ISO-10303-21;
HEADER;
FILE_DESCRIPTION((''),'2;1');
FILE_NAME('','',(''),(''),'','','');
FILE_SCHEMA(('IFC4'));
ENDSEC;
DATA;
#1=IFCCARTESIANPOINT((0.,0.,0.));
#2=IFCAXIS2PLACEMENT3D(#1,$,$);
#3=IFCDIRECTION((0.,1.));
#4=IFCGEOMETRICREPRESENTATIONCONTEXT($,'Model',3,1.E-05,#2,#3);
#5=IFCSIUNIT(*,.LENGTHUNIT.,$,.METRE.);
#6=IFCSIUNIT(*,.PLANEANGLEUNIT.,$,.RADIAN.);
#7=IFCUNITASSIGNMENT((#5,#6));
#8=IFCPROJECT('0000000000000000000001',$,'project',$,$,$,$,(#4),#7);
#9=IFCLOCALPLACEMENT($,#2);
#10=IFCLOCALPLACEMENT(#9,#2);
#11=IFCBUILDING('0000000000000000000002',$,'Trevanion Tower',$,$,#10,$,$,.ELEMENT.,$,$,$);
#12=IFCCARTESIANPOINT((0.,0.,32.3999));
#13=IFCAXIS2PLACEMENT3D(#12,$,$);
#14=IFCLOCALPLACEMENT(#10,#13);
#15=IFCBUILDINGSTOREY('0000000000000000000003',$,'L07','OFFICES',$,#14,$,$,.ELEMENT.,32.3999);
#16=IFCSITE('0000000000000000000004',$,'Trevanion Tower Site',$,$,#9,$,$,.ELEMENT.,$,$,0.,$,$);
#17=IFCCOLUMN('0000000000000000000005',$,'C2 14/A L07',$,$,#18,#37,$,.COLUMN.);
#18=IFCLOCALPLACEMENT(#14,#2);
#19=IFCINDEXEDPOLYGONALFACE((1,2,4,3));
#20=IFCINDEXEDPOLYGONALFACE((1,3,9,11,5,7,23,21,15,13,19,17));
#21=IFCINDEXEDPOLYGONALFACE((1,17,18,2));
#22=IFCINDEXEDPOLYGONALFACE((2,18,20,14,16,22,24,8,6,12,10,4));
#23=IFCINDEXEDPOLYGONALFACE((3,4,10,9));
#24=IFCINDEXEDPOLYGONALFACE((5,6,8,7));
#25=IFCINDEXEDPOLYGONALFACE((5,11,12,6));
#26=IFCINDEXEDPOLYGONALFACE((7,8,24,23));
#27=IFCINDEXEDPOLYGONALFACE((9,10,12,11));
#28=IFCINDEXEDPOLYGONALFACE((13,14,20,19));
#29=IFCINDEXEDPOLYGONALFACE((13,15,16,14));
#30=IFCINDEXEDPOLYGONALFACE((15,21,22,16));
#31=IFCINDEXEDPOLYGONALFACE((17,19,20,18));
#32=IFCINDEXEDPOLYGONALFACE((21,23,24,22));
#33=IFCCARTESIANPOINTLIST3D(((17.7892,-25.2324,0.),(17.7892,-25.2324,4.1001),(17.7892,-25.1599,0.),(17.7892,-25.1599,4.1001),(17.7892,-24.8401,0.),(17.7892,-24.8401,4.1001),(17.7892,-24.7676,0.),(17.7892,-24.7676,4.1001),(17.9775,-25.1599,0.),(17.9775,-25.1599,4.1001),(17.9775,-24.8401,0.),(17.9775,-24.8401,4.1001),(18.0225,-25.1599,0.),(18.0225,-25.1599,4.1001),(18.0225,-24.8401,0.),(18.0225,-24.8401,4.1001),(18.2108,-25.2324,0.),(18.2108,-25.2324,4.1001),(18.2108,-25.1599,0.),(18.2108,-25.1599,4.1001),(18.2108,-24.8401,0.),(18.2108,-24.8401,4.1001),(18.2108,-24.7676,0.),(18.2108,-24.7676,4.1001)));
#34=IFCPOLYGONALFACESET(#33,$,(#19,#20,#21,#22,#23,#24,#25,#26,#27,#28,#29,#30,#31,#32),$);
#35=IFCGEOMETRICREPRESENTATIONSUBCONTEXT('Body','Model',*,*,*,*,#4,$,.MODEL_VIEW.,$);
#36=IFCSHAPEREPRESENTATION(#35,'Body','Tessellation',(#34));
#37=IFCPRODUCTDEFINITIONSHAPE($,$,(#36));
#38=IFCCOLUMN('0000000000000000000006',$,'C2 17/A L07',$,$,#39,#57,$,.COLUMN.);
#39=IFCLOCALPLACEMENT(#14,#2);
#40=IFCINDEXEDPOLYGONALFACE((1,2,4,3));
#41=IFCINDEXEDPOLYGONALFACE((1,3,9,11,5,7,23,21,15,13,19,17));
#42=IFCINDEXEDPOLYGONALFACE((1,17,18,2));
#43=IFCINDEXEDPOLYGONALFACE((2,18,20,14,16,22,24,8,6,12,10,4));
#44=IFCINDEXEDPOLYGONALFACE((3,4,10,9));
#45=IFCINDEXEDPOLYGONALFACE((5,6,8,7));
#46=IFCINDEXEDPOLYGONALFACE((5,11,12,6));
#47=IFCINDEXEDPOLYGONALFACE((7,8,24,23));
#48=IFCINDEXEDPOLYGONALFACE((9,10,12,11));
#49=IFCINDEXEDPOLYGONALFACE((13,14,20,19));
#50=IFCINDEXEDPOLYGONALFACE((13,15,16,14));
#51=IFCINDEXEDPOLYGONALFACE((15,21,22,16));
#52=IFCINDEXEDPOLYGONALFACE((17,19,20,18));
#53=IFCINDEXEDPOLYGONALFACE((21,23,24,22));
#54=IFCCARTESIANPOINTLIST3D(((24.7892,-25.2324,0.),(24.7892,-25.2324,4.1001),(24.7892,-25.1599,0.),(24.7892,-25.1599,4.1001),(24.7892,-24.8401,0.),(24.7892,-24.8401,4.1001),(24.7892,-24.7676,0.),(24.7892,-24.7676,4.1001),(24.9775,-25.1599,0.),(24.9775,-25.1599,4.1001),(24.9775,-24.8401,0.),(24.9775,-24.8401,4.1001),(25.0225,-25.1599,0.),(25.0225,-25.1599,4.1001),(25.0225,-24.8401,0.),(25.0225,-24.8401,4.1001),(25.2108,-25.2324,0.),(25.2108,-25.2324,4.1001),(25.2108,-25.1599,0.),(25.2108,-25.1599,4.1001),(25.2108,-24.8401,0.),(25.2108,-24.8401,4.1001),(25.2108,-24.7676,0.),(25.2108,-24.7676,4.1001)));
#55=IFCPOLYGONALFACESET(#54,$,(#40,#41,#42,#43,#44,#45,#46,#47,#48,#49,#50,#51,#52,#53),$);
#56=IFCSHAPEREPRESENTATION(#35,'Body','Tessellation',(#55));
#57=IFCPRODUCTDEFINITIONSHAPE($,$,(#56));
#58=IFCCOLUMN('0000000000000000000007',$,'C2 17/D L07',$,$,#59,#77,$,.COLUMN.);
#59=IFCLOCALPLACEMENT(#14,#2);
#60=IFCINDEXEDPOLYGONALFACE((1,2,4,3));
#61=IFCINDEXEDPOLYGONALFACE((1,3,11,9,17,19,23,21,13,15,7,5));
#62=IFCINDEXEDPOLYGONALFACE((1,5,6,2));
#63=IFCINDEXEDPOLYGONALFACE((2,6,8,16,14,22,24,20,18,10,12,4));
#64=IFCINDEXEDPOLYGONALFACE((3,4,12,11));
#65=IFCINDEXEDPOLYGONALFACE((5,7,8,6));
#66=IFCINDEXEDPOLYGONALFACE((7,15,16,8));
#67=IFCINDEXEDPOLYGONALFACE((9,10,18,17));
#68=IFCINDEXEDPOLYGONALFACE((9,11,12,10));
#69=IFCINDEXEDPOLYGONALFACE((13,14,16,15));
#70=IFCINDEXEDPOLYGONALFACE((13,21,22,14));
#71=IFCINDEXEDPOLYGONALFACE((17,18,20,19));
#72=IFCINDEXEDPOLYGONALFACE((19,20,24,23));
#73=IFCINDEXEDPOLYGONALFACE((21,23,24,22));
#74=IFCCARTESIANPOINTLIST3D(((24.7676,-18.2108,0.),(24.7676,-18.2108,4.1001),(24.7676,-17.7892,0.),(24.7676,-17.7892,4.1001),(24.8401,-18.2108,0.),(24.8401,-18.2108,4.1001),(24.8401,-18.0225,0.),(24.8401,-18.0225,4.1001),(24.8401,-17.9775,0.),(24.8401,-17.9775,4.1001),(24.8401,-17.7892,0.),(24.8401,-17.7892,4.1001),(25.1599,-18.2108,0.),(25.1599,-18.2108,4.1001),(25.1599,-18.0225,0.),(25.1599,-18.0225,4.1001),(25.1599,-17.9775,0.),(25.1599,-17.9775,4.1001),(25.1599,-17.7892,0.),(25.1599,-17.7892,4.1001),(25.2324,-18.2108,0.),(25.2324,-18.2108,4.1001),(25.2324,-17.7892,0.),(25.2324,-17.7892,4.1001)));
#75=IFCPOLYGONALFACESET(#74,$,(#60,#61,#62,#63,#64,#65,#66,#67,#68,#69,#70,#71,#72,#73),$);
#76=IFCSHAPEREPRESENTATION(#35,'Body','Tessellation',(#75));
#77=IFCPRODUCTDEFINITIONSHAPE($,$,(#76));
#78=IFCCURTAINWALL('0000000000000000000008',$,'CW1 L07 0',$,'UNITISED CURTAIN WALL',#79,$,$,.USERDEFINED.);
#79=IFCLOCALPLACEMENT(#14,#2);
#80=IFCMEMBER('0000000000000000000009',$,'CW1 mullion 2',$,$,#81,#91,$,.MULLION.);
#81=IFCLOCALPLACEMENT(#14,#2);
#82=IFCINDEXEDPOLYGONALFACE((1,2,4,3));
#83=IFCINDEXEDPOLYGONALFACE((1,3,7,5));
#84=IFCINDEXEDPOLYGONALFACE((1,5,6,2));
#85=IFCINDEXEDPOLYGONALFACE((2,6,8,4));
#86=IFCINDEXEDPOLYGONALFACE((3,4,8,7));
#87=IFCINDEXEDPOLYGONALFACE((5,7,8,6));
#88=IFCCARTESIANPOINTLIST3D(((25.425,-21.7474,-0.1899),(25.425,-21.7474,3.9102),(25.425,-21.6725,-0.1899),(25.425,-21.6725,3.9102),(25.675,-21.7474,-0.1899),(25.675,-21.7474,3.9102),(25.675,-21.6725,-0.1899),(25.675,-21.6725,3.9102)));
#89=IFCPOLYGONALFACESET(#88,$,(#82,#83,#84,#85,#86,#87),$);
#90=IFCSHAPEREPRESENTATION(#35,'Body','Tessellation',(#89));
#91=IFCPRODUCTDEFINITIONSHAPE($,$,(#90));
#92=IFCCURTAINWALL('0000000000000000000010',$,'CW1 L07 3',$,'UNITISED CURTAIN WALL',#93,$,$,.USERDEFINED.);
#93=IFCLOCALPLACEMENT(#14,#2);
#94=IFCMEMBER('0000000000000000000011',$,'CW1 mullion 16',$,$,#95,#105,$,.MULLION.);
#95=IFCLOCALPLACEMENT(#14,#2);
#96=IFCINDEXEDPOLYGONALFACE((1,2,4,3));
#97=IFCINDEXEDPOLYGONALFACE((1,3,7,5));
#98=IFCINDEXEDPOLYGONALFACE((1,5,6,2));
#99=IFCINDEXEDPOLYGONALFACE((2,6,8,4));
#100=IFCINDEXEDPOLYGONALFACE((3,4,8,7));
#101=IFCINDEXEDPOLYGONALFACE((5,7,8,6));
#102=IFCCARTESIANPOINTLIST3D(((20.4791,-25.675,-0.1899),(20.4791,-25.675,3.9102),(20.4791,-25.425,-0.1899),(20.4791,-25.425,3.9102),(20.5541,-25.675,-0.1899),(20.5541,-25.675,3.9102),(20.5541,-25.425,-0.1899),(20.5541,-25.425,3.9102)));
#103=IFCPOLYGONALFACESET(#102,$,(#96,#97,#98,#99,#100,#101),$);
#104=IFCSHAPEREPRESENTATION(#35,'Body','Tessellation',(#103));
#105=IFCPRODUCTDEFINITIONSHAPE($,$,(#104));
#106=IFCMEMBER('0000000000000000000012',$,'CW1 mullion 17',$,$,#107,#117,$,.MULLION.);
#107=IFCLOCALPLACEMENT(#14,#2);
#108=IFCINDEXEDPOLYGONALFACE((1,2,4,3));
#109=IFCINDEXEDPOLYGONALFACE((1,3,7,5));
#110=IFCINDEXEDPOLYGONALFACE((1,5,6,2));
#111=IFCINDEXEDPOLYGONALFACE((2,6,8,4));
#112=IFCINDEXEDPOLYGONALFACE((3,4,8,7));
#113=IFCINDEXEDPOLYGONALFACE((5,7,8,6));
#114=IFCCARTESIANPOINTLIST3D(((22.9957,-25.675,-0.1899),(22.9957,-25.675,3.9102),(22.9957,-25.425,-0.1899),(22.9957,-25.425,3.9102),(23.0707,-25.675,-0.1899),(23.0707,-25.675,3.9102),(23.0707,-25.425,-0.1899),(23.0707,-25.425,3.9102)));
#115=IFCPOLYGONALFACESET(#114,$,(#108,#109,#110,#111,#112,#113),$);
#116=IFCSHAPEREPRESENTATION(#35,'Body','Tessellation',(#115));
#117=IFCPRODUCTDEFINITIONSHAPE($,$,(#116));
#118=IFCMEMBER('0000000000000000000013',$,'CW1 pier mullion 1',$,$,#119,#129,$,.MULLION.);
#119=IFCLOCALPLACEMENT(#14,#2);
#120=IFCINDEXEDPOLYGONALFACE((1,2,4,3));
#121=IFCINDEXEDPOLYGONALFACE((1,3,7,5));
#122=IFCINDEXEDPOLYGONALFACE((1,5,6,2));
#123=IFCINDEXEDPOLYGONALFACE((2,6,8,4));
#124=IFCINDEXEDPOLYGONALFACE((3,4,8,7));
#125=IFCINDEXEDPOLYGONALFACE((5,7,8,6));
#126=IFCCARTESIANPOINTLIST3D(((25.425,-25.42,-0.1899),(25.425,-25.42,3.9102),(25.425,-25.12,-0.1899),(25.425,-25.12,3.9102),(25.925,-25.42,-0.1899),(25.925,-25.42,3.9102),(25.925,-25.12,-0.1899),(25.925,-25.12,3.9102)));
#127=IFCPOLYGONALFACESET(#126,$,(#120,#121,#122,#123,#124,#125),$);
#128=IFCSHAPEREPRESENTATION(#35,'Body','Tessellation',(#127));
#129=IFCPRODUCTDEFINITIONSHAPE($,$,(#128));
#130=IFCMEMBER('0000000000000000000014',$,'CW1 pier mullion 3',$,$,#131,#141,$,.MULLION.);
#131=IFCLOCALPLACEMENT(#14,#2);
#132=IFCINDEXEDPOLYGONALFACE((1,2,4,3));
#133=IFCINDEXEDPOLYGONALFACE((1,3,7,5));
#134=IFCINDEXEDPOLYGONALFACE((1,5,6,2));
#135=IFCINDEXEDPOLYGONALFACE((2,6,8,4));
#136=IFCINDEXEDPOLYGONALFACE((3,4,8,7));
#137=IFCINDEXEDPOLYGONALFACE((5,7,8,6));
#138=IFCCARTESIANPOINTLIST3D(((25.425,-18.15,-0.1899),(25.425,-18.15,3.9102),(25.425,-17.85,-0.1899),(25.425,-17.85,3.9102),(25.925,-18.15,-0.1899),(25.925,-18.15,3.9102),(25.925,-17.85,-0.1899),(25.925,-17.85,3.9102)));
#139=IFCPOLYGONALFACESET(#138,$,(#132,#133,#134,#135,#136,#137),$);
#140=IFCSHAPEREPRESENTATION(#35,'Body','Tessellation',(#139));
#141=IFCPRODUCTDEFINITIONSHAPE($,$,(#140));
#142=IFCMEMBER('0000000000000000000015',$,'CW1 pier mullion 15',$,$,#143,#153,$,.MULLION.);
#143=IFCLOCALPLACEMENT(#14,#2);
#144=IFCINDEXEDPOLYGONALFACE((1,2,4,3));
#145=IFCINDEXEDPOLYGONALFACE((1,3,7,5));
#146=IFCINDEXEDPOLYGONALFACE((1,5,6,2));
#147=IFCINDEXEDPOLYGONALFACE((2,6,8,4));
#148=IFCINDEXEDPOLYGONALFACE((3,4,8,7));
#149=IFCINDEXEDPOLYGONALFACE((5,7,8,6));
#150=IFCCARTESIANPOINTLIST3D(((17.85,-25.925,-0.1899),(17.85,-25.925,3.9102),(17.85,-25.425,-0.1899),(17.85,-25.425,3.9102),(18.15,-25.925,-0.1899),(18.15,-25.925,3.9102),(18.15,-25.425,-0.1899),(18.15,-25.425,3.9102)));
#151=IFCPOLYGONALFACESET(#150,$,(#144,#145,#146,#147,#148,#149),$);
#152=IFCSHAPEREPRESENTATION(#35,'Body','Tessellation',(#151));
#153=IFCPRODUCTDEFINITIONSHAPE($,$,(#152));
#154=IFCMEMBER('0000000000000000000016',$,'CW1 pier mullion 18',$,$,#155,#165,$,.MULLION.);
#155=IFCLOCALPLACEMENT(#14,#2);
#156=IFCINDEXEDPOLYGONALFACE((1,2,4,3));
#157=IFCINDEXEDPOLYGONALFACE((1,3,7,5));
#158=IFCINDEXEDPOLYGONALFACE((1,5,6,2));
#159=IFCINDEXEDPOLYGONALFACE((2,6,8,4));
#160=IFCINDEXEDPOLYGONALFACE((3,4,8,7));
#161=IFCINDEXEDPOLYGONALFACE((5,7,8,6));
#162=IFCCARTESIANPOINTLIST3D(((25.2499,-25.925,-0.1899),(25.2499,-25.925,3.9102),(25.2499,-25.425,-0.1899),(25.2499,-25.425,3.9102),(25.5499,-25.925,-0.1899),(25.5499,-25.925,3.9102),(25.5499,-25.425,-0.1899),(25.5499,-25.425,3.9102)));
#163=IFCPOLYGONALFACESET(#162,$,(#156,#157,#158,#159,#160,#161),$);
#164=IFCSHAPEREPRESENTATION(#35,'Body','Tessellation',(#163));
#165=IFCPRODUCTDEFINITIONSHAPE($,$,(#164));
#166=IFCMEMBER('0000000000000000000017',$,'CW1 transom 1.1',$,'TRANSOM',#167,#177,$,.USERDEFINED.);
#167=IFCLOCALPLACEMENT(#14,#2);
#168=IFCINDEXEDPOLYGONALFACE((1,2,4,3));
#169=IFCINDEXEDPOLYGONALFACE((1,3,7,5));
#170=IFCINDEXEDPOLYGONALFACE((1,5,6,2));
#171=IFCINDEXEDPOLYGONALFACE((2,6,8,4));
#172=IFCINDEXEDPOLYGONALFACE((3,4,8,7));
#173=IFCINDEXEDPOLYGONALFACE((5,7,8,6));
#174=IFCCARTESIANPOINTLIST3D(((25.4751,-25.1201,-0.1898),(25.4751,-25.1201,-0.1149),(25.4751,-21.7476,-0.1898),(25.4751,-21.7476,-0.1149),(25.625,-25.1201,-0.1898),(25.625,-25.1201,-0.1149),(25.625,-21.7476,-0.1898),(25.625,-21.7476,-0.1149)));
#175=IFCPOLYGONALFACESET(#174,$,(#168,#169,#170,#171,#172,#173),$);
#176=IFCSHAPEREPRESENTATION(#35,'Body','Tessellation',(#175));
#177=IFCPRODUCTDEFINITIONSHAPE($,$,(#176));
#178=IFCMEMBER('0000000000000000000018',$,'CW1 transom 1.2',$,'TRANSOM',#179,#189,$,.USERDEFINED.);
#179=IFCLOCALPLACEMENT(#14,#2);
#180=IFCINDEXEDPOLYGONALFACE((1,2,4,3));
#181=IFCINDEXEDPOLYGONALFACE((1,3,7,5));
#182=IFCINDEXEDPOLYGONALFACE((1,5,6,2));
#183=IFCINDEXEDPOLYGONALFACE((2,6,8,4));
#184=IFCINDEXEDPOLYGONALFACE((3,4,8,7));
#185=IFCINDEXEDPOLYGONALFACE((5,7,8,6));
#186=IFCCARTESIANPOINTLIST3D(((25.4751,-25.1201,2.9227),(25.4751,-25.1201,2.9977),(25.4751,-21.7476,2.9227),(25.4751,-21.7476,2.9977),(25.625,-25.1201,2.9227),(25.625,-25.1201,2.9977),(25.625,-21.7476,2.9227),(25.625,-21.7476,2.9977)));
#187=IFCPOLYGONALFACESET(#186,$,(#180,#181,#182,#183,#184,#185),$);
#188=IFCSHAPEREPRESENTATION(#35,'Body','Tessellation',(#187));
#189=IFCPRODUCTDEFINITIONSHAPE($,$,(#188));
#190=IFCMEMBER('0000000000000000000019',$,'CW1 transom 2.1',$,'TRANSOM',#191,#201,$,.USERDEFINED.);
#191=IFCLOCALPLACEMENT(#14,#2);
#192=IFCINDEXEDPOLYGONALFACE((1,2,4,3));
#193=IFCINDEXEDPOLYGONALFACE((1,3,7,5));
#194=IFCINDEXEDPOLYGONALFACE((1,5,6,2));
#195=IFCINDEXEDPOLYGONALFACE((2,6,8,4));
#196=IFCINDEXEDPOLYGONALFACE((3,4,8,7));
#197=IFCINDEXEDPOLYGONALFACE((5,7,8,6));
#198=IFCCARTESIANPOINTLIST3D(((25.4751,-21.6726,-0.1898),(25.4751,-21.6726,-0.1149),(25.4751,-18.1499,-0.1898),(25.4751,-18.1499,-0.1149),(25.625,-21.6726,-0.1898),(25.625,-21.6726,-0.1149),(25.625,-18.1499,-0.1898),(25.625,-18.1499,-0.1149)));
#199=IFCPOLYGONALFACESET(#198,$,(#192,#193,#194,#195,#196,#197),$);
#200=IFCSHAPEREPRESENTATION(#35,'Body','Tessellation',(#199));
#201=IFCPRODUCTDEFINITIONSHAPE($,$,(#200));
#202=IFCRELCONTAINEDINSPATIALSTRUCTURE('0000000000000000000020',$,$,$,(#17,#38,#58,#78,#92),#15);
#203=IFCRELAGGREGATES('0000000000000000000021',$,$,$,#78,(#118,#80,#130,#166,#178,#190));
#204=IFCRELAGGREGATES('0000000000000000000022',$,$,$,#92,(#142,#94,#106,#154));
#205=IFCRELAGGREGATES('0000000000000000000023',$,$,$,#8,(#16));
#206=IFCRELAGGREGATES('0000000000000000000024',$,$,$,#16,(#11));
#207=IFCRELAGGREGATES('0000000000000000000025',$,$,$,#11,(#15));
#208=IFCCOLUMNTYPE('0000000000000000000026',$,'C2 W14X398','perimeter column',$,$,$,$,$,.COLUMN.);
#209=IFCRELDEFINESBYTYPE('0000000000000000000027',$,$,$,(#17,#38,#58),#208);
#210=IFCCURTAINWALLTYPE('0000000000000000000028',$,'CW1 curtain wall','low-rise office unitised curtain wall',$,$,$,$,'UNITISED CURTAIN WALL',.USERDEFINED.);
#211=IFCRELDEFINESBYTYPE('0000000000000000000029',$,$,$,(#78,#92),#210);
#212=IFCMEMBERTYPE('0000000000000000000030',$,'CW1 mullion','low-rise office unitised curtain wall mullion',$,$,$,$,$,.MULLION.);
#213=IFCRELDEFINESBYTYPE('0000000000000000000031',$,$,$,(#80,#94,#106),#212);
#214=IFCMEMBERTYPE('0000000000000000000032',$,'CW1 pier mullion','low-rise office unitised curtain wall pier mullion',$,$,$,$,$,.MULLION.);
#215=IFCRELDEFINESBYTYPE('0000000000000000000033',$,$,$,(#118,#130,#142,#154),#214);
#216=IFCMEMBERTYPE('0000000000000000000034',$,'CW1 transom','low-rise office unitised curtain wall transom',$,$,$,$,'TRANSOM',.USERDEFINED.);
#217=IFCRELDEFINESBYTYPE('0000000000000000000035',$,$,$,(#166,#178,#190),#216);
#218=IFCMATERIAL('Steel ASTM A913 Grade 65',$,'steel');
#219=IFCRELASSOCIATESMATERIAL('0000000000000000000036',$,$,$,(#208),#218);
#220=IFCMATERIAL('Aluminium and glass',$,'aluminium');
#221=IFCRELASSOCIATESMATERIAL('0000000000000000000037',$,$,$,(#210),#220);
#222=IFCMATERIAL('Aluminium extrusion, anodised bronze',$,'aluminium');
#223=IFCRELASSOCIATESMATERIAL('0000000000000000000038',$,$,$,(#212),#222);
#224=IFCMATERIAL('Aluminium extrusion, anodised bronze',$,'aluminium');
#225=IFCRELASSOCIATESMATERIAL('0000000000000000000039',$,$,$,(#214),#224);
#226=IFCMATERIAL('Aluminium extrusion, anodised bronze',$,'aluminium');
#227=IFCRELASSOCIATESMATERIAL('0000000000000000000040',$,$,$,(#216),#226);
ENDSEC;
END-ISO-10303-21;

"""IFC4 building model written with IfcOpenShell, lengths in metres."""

from ifc_helpers import new_model, si_unit, direction, frame, origin, origin_2d, place, context, subcontext, project, spatial, rectangle, i_section, extrude, material, material_profile, profile_set, type_object, element, aggregate, save


model = new_model("IFC4")

# Units and contexts
model_context = context("Model", 3, precision=1e-05, world=origin(), true_north=direction((0.0, 1.0)))
body_context = subcontext(model_context, "Body", "Model", "MODEL_VIEW")
ifc_project = project(units=[si_unit("LENGTHUNIT", "METRE"), si_unit("PLANEANGLEUNIT", "RADIAN")], contexts=[model_context])

# Site, building, storey
site_placement = place(None, origin())
site = spatial("IfcSite", under=ifc_project, at=site_placement, Name="Trevanion Tower Site", CompositionType="ELEMENT", RefElevation=0.0)
building_placement = place(site_placement, origin())
building = spatial("IfcBuilding", under=site, at=building_placement, Name="Trevanion Tower", CompositionType="ELEMENT")
storey_placement = place(building_placement, frame((0.0, 0.0, 32.3999)))
storey = spatial("IfcBuildingStorey", under=building, at=storey_placement, Name="L07", Description="OFFICES", CompositionType="ELEMENT", Elevation=32.3999)

# Columns
ifc_material_1 = material(Name="Steel ASTM A913 Grade 65", Category="steel")
ifc_material_profile_1 = material_profile(ifc_material_1, i_section(OverallWidth=0.4216, OverallDepth=0.4648, WebThickness=0.0449, FlangeThickness=0.0725, at=origin_2d()), Name="W14X398")
ifc_profile_set_1 = profile_set([ifc_material_profile_1], Name="Steel ASTM A913 Grade 65")
column_type = type_object("IfcColumnType", Name="C2 W14X398", Description="perimeter column", PredefinedType="COLUMN", material=ifc_profile_set_1)
for number, where, z_axis, x_axis, name in (
    (1, (18.0, -25.0, 0.0), (0.0, 0.0, 1.0), (1.0, 0.0, 0.0), "C2 14/A L07"),
    (2, (25.0, -25.0, 0.0), (0.0, 0.0, 1.0), (1.0, 0.0, 0.0), "C2 17/A L07"),
    (3, (25.0, -18.0, 0.0), (0.0, 0.0, 1.0), (0.0, 1.0, 0.0), "C2 17/D L07"),
):
    element("IfcColumn", number, at=place(storey_placement, frame(where, z_axis=z_axis, x_axis=x_axis)), inside=storey, type_object=column_type, Name=name, PredefinedType="COLUMN", context=body_context, shape_type="SweptSolid", body=[
        extrude(i_section(OverallWidth=0.4216, OverallDepth=0.4648, WebThickness=0.0449, FlangeThickness=0.0725, at=origin_2d()), origin(), (0.0, 0.0, 1.0), 4.1001),
    ])

# Curtain wall, member
ifc_material_2 = material(Name="Aluminium and glass", Category="aluminium")
curtain_wall_type = type_object("IfcCurtainWallType", Name="CW1 curtain wall", Description="low-rise office unitised curtain wall", ElementType="UNITISED CURTAIN WALL", PredefinedType="USERDEFINED", material=ifc_material_2)
curtain_wall_1_placement = place(storey_placement, origin())
curtain_wall_1 = element("IfcCurtainWall", 4, at=curtain_wall_1_placement, inside=storey, type_object=curtain_wall_type, Name="CW1 L07 0", ObjectType="UNITISED CURTAIN WALL", PredefinedType="USERDEFINED")
ifc_material_3 = material(Name="Aluminium extrusion, anodised bronze", Category="aluminium")
ifc_material_profile_2 = material_profile(ifc_material_3, rectangle(XDim=0.075, YDim=0.25, at=origin_2d()), Name="CW1 mullion")
ifc_profile_set_2 = profile_set([ifc_material_profile_2], Name="Aluminium extrusion, anodised bronze")
member_type_1 = type_object("IfcMemberType", Name="CW1 mullion", Description="low-rise office unitised curtain wall mullion", PredefinedType="MULLION", material=ifc_profile_set_2)
member_1_placement = place(storey_placement, frame((25.55, -21.71, -0.1899), z_axis=(0.0, 0.0, 1.0), x_axis=(0.0, 1.0, 0.0)))
member_1 = element("IfcMember", 5, at=member_1_placement, type_object=member_type_1, Name="CW1 mullion 2", PredefinedType="MULLION", context=body_context, shape_type="SweptSolid", body=[
    extrude(rectangle(XDim=0.075, YDim=0.25, at=origin_2d()), origin(), (0.0, 0.0, 1.0), 4.1001),
])

# Curtain wall, members
curtain_wall_2_placement = place(storey_placement, origin())
curtain_wall_2 = element("IfcCurtainWall", 6, at=curtain_wall_2_placement, inside=storey, type_object=curtain_wall_type, Name="CW1 L07 3", ObjectType="UNITISED CURTAIN WALL", PredefinedType="USERDEFINED")
member_2_placement = place(storey_placement, frame((20.5166, -25.55, -0.1899), z_axis=(0.0, 0.0, 1.0), x_axis=(1.0, 0.0, 0.0)))
member_2 = element("IfcMember", 7, at=member_2_placement, type_object=member_type_1, Name="CW1 mullion 16", PredefinedType="MULLION", context=body_context, shape_type="SweptSolid", body=[
    extrude(rectangle(XDim=0.075, YDim=0.25, at=origin_2d()), origin(), (0.0, 0.0, 1.0), 4.1001),
])
member_3_placement = place(storey_placement, frame((23.0332, -25.55, -0.1899), z_axis=(0.0, 0.0, 1.0), x_axis=(1.0, 0.0, 0.0)))
member_3 = element("IfcMember", 8, at=member_3_placement, type_object=member_type_1, Name="CW1 mullion 17", PredefinedType="MULLION", context=body_context, shape_type="SweptSolid", body=[
    extrude(rectangle(XDim=0.075, YDim=0.25, at=origin_2d()), origin(), (0.0, 0.0, 1.0), 4.1001),
])

# Members
ifc_material_4 = material(Name="Aluminium extrusion, anodised bronze", Category="aluminium")
ifc_material_profile_3 = material_profile(ifc_material_4, rectangle(XDim=0.3, YDim=0.5, at=origin_2d()), Name="CW1 pier mullion")
ifc_profile_set_3 = profile_set([ifc_material_profile_3], Name="Aluminium extrusion, anodised bronze")
member_type_2 = type_object("IfcMemberType", Name="CW1 pier mullion", Description="low-rise office unitised curtain wall pier mullion", PredefinedType="MULLION", material=ifc_profile_set_3)
member_4_placement = place(storey_placement, frame((25.675, -25.27, -0.1899), z_axis=(0.0, 0.0, 1.0), x_axis=(0.0, 1.0, 0.0)))
member_4 = element("IfcMember", 9, at=member_4_placement, type_object=member_type_2, Name="CW1 pier mullion 1", PredefinedType="MULLION", context=body_context, shape_type="SweptSolid", body=[
    extrude(rectangle(XDim=0.3, YDim=0.5, at=origin_2d()), origin(), (0.0, 0.0, 1.0), 4.1001),
])
member_5_placement = place(storey_placement, frame((25.675, -18.0, -0.1899), z_axis=(0.0, 0.0, 1.0), x_axis=(0.0, 1.0, 0.0)))
member_5 = element("IfcMember", 10, at=member_5_placement, type_object=member_type_2, Name="CW1 pier mullion 3", PredefinedType="MULLION", context=body_context, shape_type="SweptSolid", body=[
    extrude(rectangle(XDim=0.3, YDim=0.5, at=origin_2d()), origin(), (0.0, 0.0, 1.0), 4.1001),
])
member_6_placement = place(storey_placement, frame((18.0, -25.675, -0.1899), z_axis=(0.0, 0.0, 1.0), x_axis=(1.0, 0.0, 0.0)))
member_6 = element("IfcMember", 11, at=member_6_placement, type_object=member_type_2, Name="CW1 pier mullion 15", PredefinedType="MULLION", context=body_context, shape_type="SweptSolid", body=[
    extrude(rectangle(XDim=0.3, YDim=0.5, at=origin_2d()), origin(), (0.0, 0.0, 1.0), 4.1001),
])
member_7_placement = place(storey_placement, frame((25.3999, -25.675, -0.1899), z_axis=(0.0, 0.0, 1.0), x_axis=(1.0, 0.0, 0.0)))
member_7 = element("IfcMember", 12, at=member_7_placement, type_object=member_type_2, Name="CW1 pier mullion 18", PredefinedType="MULLION", context=body_context, shape_type="SweptSolid", body=[
    extrude(rectangle(XDim=0.3, YDim=0.5, at=origin_2d()), origin(), (0.0, 0.0, 1.0), 4.1001),
])
ifc_material_5 = material(Name="Aluminium extrusion, anodised bronze", Category="aluminium")
ifc_material_profile_4 = material_profile(ifc_material_5, rectangle(XDim=0.1499, YDim=0.075, at=origin_2d()), Name="CW1 transom")
ifc_profile_set_4 = profile_set([ifc_material_profile_4], Name="Aluminium extrusion, anodised bronze")
member_type_3 = type_object("IfcMemberType", Name="CW1 transom", Description="low-rise office unitised curtain wall transom", ElementType="TRANSOM", PredefinedType="USERDEFINED", material=ifc_profile_set_4)
member_8_placement = place(storey_placement, frame((25.55, -25.1201, -0.1523), z_axis=(0.0, 1.0, 0.0), x_axis=(-1.0, 0.0, 0.0)))
member_8 = element("IfcMember", 13, at=member_8_placement, type_object=member_type_3, Name="CW1 transom 1.1", ObjectType="TRANSOM", PredefinedType="USERDEFINED", context=body_context, shape_type="SweptSolid", body=[
    extrude(rectangle(XDim=0.1499, YDim=0.075, at=origin_2d()), origin(), (0.0, 0.0, 1.0), 3.3726),
])
member_9_placement = place(storey_placement, frame((25.55, -25.1201, 2.9602), z_axis=(0.0, 1.0, 0.0), x_axis=(-1.0, 0.0, 0.0)))
member_9 = element("IfcMember", 14, at=member_9_placement, type_object=member_type_3, Name="CW1 transom 1.2", ObjectType="TRANSOM", PredefinedType="USERDEFINED", context=body_context, shape_type="SweptSolid", body=[
    extrude(rectangle(XDim=0.1499, YDim=0.075, at=origin_2d()), origin(), (0.0, 0.0, 1.0), 3.3726),
])
member_10_placement = place(storey_placement, frame((25.55, -21.6726, -0.1523), z_axis=(0.0, 1.0, 0.0), x_axis=(-1.0, 0.0, 0.0)))
member_10 = element("IfcMember", 15, at=member_10_placement, type_object=member_type_3, Name="CW1 transom 2.1", ObjectType="TRANSOM", PredefinedType="USERDEFINED", context=body_context, shape_type="SweptSolid", body=[
    extrude(rectangle(XDim=0.1499, YDim=0.075, at=origin_2d()), origin(), (0.0, 0.0, 1.0), 3.5227),
])

aggregate(curtain_wall_1, [member_4, member_1, member_5, member_8, member_9, member_10])
aggregate(curtain_wall_2, [member_6, member_2, member_3, member_7])

save(model, "model.ifc")
